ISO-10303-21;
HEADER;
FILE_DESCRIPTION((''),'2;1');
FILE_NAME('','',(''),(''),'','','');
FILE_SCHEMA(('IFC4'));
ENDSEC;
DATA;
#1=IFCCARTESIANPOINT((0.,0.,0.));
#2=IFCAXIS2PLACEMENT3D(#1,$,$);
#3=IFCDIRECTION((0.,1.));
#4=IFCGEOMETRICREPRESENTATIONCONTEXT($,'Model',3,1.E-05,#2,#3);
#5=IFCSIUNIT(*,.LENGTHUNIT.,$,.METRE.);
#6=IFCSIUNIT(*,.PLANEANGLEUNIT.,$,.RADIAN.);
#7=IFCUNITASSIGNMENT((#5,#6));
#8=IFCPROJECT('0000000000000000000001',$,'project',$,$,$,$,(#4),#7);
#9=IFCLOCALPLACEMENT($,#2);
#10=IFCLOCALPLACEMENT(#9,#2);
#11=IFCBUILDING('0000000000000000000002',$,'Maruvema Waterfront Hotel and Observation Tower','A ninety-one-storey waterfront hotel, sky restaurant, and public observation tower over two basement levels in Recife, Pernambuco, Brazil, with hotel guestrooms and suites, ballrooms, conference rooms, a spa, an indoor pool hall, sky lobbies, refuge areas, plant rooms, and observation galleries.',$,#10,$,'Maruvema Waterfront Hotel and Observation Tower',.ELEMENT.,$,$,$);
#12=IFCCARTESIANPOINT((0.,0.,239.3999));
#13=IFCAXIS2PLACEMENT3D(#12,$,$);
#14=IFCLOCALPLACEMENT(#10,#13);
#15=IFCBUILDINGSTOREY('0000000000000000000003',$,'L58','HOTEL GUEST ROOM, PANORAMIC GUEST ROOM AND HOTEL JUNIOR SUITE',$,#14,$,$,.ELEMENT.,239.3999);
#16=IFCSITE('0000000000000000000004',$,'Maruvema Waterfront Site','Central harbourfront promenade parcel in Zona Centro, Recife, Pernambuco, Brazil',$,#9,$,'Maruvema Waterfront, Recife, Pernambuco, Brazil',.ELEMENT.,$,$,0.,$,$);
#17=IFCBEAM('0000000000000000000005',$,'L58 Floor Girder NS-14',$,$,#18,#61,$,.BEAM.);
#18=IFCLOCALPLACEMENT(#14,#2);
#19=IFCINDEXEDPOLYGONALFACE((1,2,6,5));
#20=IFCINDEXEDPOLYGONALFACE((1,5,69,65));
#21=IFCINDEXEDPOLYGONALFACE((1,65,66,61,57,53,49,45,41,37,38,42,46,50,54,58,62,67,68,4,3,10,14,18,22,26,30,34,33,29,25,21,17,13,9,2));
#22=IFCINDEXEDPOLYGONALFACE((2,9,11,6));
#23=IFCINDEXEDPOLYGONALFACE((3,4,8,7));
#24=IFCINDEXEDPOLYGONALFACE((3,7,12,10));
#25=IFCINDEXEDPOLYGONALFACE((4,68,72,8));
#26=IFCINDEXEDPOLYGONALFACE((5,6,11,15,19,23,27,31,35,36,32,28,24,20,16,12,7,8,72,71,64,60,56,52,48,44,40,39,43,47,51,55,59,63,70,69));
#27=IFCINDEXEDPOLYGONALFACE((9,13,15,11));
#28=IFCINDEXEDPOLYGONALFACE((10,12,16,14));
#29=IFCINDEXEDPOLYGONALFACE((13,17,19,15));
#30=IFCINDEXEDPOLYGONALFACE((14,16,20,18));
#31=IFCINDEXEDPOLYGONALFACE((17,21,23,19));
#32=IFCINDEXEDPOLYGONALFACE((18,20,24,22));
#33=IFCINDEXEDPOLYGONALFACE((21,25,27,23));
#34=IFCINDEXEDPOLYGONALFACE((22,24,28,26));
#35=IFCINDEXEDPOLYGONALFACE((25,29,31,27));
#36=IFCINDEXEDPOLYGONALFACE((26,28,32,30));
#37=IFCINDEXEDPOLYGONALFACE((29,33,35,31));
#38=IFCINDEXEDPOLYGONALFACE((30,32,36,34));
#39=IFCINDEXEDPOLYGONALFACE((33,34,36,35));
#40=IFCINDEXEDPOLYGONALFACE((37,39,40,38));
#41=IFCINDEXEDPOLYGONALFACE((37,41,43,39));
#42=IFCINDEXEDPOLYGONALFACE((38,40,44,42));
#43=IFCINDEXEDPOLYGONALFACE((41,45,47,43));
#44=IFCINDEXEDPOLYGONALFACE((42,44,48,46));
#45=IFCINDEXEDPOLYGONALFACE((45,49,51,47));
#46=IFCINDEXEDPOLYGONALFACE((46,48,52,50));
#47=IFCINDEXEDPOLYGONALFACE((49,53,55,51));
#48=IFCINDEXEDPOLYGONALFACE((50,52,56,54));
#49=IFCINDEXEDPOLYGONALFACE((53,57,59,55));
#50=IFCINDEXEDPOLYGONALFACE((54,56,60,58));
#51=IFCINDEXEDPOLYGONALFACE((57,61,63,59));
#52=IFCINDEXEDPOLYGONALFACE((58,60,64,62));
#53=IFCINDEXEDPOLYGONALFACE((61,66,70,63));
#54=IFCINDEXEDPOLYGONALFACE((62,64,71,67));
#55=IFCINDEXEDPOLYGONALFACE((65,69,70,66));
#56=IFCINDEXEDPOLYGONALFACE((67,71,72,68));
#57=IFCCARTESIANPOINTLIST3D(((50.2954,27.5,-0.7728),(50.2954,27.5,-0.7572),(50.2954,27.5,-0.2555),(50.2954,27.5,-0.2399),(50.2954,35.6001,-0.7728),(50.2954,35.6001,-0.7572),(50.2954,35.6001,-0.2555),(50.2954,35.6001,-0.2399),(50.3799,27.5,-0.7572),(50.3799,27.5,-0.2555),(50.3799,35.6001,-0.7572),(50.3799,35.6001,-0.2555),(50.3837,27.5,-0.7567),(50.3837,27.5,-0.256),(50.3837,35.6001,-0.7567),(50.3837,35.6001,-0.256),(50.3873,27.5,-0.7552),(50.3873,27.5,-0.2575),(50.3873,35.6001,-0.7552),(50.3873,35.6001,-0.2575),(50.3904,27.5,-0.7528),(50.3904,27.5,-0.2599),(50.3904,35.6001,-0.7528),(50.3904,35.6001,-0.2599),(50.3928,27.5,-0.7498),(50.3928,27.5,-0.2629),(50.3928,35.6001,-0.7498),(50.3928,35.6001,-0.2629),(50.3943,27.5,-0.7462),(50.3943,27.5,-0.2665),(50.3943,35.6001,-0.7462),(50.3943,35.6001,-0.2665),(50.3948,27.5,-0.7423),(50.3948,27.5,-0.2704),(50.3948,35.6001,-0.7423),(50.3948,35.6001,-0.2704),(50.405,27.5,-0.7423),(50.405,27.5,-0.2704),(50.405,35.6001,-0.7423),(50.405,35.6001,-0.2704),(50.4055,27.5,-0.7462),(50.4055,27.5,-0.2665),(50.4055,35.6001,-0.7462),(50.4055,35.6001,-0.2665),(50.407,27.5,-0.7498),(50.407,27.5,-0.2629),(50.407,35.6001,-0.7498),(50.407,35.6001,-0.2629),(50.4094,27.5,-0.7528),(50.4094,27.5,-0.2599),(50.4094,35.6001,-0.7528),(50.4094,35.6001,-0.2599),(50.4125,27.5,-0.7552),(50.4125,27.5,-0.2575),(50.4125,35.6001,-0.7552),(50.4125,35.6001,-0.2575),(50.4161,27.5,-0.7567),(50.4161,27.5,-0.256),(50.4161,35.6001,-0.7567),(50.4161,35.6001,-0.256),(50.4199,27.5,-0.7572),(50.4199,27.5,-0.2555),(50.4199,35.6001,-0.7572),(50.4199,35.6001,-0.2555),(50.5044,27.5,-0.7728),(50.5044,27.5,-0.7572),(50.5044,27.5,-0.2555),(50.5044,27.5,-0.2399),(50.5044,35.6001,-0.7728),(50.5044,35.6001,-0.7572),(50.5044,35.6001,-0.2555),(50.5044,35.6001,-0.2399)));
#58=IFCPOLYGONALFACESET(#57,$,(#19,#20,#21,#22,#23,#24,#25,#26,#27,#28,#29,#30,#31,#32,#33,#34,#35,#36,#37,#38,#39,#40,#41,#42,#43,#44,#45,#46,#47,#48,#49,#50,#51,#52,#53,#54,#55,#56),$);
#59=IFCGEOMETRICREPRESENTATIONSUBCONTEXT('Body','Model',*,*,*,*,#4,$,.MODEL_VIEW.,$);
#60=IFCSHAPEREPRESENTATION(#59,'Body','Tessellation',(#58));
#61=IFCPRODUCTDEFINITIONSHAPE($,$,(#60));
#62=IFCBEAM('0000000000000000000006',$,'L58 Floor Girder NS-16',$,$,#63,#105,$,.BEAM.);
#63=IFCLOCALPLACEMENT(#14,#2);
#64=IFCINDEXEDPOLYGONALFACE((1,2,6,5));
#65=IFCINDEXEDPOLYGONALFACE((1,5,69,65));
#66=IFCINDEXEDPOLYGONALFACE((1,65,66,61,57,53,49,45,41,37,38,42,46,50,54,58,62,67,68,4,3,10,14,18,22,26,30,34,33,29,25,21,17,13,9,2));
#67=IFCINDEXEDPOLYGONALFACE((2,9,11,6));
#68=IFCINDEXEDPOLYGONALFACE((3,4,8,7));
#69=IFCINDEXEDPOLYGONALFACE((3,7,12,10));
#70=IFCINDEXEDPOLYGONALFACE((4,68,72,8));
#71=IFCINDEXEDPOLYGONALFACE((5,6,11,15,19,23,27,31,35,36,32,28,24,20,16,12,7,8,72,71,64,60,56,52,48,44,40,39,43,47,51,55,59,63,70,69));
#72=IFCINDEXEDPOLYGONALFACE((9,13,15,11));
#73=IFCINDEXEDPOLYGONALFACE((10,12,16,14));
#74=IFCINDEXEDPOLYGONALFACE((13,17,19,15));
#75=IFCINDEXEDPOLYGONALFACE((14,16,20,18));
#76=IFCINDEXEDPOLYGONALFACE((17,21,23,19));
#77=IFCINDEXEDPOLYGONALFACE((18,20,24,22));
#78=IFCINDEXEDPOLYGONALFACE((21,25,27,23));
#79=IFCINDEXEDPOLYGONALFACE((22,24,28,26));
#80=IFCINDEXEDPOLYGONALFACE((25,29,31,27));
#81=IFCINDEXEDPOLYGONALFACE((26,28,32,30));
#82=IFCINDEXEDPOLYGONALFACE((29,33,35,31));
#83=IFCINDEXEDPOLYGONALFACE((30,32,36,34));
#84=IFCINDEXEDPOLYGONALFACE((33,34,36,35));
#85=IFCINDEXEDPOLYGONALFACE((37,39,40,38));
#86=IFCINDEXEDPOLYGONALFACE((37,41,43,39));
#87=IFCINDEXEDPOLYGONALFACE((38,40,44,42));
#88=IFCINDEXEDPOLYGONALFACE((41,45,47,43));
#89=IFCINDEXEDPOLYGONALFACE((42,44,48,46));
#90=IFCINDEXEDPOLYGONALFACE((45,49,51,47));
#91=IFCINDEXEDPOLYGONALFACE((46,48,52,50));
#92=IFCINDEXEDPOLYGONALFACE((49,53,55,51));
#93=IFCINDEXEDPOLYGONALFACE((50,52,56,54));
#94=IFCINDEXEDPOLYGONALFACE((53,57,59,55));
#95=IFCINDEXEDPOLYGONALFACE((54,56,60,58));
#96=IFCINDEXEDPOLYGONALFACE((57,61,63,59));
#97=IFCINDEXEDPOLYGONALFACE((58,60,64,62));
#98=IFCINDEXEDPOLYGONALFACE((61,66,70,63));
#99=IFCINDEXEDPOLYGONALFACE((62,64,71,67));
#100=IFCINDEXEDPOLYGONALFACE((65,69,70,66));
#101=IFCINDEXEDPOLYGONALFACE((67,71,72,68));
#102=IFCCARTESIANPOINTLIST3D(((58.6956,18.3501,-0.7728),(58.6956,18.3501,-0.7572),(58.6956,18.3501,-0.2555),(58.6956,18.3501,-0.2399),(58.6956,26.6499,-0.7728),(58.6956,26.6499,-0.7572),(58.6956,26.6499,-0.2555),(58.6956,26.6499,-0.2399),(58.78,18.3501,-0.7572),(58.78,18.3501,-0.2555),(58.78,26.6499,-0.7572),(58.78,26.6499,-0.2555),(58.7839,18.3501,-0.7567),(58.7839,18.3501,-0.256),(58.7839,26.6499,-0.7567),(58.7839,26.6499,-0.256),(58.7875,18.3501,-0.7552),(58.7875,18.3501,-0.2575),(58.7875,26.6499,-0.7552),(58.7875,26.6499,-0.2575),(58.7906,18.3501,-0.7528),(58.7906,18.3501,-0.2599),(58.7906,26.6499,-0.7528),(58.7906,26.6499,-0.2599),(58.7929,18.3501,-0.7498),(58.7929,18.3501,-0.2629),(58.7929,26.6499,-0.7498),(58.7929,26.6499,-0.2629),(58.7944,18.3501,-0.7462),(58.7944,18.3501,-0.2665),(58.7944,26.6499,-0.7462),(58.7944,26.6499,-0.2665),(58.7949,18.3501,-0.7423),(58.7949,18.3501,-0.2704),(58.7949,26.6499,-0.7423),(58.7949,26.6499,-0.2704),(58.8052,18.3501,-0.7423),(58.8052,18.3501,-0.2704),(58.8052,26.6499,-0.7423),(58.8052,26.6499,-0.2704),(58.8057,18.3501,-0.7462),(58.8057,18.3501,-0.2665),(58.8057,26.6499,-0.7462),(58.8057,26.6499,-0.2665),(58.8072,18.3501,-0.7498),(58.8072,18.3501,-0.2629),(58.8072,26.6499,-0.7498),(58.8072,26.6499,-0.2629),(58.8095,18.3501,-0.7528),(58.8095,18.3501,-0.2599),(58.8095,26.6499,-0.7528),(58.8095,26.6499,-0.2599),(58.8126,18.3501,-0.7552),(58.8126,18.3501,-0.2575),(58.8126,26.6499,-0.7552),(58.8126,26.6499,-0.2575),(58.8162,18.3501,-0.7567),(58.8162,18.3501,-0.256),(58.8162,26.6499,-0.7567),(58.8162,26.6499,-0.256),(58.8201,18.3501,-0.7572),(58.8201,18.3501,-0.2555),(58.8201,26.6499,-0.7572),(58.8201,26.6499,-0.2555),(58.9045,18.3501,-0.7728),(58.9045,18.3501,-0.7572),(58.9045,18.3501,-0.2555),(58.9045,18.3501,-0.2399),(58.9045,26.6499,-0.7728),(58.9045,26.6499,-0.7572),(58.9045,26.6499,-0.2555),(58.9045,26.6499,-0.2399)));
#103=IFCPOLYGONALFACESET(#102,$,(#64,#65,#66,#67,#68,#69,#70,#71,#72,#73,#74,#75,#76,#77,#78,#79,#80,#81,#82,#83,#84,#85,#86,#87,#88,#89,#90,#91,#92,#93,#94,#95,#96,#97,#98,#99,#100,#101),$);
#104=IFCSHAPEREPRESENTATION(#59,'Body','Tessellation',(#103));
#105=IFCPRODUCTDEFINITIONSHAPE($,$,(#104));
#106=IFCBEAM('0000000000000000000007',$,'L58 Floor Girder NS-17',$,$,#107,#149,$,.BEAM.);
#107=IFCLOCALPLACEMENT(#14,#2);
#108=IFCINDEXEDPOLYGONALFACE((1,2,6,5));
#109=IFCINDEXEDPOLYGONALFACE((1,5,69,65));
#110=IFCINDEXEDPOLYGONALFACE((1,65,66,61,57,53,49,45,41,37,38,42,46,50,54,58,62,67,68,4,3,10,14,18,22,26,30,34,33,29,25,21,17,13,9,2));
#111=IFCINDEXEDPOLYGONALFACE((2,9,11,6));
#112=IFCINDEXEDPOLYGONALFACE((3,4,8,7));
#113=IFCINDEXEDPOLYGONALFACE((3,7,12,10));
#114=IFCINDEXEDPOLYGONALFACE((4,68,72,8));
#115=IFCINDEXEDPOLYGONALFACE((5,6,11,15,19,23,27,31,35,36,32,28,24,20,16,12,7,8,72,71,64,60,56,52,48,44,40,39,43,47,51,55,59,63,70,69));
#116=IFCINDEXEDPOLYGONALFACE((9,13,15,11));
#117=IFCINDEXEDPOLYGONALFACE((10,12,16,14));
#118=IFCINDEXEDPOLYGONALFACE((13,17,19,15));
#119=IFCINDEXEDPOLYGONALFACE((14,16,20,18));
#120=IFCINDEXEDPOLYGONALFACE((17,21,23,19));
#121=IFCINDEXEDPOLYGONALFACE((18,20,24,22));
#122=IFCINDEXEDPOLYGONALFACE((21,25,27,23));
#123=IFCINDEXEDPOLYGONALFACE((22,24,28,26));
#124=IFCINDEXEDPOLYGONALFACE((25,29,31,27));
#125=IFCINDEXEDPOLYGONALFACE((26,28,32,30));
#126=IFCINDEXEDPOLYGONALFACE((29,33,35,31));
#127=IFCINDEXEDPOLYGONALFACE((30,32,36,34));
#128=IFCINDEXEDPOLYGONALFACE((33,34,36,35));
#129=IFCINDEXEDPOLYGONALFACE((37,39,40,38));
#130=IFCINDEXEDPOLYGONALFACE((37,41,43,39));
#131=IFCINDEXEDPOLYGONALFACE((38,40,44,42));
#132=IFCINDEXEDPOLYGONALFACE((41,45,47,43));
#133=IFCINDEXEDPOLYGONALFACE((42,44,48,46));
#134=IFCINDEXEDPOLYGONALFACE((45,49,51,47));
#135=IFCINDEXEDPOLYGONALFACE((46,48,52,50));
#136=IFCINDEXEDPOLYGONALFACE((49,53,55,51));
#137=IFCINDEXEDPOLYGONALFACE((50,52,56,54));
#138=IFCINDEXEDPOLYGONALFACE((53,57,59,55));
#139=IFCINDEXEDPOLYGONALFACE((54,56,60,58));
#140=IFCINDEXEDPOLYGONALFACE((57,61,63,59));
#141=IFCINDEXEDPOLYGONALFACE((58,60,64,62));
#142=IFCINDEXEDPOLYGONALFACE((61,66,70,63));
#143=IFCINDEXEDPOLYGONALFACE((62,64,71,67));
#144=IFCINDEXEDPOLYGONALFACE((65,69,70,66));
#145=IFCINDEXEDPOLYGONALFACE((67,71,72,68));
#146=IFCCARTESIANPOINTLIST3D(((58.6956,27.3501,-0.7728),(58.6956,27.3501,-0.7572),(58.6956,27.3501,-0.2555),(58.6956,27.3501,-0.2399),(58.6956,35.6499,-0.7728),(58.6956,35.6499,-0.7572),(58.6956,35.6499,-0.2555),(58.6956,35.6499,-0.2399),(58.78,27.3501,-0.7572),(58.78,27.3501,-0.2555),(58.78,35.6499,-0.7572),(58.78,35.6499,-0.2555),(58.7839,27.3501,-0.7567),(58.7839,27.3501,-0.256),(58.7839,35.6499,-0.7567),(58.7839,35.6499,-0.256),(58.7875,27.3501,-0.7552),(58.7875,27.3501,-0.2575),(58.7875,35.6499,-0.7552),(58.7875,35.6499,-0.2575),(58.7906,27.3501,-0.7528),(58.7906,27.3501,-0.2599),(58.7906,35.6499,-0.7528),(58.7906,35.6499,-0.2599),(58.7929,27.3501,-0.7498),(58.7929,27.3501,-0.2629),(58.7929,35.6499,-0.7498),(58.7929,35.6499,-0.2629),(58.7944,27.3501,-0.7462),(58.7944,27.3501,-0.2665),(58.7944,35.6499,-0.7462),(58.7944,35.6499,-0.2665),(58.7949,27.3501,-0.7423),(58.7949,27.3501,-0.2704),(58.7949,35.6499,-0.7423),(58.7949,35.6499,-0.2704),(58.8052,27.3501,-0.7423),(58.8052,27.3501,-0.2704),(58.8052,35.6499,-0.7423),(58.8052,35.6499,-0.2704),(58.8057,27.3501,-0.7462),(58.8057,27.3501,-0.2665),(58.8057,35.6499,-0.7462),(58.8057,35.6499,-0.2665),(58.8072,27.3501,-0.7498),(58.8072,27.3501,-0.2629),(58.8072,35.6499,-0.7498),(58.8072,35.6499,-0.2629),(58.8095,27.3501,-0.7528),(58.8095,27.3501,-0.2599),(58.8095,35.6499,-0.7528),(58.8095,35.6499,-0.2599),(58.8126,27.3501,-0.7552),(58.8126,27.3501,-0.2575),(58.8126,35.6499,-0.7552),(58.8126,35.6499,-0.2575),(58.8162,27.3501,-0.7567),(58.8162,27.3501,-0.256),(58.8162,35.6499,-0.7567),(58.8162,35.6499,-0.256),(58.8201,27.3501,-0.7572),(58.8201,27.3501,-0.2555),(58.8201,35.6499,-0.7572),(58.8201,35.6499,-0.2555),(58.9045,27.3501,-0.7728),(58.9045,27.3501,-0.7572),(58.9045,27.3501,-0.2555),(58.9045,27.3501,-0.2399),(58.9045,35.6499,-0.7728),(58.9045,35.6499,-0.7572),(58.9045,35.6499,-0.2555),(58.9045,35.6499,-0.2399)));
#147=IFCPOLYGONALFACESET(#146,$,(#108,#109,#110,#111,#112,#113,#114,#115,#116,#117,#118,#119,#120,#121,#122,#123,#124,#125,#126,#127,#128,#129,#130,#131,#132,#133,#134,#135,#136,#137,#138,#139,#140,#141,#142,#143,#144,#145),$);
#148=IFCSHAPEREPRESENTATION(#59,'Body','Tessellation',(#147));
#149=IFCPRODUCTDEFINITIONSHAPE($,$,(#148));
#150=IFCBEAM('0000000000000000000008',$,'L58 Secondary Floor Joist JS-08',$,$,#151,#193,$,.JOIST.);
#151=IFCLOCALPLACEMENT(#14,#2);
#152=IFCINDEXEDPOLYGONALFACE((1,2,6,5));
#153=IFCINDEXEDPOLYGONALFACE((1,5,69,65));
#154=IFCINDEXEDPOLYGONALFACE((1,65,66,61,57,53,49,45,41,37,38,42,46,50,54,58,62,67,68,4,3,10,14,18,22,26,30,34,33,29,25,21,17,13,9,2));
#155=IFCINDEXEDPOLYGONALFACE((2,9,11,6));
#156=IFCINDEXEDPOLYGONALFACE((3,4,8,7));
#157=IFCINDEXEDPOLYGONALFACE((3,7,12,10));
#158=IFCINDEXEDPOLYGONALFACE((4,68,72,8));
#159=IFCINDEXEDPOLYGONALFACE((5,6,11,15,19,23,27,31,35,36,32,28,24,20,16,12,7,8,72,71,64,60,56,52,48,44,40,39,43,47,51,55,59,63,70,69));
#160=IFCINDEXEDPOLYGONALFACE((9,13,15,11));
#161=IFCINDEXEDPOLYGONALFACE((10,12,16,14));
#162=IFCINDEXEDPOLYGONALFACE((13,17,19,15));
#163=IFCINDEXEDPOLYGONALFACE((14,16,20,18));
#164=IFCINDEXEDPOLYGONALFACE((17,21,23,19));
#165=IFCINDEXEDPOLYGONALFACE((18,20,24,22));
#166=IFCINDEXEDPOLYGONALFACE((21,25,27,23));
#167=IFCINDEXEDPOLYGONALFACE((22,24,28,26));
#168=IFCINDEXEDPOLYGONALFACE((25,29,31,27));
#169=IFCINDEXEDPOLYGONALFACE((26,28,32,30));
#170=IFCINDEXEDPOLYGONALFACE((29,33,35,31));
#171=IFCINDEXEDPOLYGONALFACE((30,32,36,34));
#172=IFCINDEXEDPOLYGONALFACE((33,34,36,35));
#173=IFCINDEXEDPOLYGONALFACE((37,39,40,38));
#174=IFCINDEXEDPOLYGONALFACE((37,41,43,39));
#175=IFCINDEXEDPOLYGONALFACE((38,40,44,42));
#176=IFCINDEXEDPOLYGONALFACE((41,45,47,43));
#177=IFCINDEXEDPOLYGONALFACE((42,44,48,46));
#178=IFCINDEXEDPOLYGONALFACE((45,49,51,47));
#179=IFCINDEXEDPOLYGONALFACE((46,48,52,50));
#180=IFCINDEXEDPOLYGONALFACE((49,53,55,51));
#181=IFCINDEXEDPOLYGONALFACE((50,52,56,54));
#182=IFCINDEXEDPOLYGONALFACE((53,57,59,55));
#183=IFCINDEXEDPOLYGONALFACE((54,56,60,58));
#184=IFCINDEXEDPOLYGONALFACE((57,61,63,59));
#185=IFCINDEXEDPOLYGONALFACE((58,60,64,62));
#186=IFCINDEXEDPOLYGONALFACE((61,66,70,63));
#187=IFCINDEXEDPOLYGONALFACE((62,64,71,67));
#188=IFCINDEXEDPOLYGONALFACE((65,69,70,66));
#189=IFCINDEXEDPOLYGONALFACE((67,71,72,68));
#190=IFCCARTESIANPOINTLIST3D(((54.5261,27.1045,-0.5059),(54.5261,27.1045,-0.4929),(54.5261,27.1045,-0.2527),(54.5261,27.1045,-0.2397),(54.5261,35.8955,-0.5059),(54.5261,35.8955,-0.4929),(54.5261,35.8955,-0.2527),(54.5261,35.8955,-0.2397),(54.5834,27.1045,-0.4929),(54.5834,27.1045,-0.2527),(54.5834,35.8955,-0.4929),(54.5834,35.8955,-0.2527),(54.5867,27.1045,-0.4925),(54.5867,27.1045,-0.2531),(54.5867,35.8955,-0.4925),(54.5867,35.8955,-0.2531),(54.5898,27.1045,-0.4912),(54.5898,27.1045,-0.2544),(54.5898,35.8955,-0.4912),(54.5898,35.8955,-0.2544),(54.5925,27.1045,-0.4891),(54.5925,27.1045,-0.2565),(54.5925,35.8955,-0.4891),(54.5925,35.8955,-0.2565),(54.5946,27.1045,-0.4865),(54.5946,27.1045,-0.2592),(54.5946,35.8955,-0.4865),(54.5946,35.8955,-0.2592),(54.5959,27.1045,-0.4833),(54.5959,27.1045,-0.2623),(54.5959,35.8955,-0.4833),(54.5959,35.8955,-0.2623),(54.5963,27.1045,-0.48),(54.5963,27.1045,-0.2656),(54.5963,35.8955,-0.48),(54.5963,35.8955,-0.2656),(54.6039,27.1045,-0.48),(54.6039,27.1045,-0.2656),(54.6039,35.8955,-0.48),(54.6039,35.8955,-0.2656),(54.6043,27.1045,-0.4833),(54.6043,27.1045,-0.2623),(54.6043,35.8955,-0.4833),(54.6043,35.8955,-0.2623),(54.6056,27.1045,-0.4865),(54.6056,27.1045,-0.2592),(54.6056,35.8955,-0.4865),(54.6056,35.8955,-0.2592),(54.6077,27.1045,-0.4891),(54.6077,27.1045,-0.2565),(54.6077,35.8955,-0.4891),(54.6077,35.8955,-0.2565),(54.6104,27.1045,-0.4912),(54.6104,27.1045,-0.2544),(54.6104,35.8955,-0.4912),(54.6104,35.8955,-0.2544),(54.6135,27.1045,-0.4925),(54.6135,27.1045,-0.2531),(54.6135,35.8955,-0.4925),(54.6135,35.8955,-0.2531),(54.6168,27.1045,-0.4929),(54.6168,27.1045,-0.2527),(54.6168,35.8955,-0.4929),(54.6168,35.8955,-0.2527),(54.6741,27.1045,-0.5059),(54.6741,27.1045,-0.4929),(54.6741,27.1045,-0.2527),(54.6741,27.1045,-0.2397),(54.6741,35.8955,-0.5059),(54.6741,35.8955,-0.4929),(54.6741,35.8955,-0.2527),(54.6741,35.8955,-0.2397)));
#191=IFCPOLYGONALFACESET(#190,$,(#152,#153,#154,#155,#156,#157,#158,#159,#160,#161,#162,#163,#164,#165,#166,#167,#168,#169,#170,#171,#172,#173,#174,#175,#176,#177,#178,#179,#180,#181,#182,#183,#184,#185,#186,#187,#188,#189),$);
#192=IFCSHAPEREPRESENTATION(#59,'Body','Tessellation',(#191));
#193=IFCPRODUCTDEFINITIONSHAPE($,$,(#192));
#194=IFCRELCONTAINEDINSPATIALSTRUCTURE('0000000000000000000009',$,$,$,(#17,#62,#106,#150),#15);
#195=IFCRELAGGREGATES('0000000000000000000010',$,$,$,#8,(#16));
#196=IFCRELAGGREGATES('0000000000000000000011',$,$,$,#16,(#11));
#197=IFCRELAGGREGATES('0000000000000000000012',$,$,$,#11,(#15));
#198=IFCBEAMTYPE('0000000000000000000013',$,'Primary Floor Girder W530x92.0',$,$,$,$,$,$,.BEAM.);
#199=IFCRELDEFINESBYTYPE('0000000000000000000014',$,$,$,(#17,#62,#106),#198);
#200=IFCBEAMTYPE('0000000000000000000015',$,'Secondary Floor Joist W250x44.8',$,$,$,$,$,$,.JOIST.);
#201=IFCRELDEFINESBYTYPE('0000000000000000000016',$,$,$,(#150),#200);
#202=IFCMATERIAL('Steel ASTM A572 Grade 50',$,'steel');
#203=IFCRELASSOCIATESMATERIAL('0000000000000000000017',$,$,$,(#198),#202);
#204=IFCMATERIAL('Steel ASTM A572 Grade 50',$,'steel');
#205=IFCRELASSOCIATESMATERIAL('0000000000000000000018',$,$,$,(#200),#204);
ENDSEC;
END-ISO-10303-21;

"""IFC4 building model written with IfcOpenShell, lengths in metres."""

from ifc_helpers import new_model, si_unit, direction, frame, origin, origin_2d, place, context, subcontext, project, spatial, i_section, extrude, material, material_profile, profile_set, type_object, element, save


model = new_model("IFC4")

# Units and contexts
model_context = context("Model", 3, precision=1e-05, world=origin(), true_north=direction((0.0, 1.0)))
body_context = subcontext(model_context, "Body", "Model", "MODEL_VIEW")
ifc_project = project(units=[si_unit("LENGTHUNIT", "METRE"), si_unit("PLANEANGLEUNIT", "RADIAN")], contexts=[model_context])

# Site, building, storey
site_placement = place(None, origin())
site = spatial("IfcSite", under=ifc_project, at=site_placement, Name="Maruvema Waterfront Site", Description="Central harbourfront promenade parcel in Zona Centro, Recife, Pernambuco, Brazil", LongName="Maruvema Waterfront, Recife, Pernambuco, Brazil", CompositionType="ELEMENT", RefElevation=0.0)
building_placement = place(site_placement, origin())
building = spatial("IfcBuilding", under=site, at=building_placement, Name="Maruvema Waterfront Hotel and Observation Tower", Description="A ninety-one-storey waterfront hotel, sky restaurant, and public observation tower over two basement levels in Recife, Pernambuco, Brazil, with hotel guestrooms and suites, ballrooms, conference rooms, a spa, an indoor pool hall, sky lobbies, refuge areas, plant rooms, and observation galleries.", LongName="Maruvema Waterfront Hotel and Observation Tower", CompositionType="ELEMENT")
storey_placement = place(building_placement, frame((0.0, 0.0, 239.3999)))
storey = spatial("IfcBuildingStorey", under=building, at=storey_placement, Name="L58", Description="HOTEL GUEST ROOM, PANORAMIC GUEST ROOM AND HOTEL JUNIOR SUITE", CompositionType="ELEMENT", Elevation=239.3999)

# Beams
ifc_material_1 = material(Name="Steel ASTM A572 Grade 50", Category="steel")
ifc_material_profile_1 = material_profile(ifc_material_1, i_section(OverallWidth=0.209, OverallDepth=0.533, WebThickness=0.0103, FlangeThickness=0.0156, FilletRadius=0.0149, at=origin_2d()), Name="W530x92.0")
ifc_profile_set_1 = profile_set([ifc_material_profile_1], Name="Steel ASTM A572 Grade 50")
beam_type_1 = type_object("IfcBeamType", Name="Primary Floor Girder W530x92.0", PredefinedType="BEAM", material=ifc_profile_set_1)
beam_1_placement = place(storey_placement, frame((50.3999, 27.5, -0.5063), z_axis=(0.0, 1.0, 0.0), x_axis=(-1.0, 0.0, 0.0)))
element("IfcBeam", 1, at=beam_1_placement, inside=storey, type_object=beam_type_1, Name="L58 Floor Girder NS-14", PredefinedType="BEAM", context=body_context, shape_type="SweptSolid", body=[
    extrude(i_section(OverallWidth=0.209, OverallDepth=0.533, WebThickness=0.0103, FlangeThickness=0.0156, FilletRadius=0.0149, at=origin_2d()), origin(), (0.0, 0.0, 1.0), 8.1001),
])
for number, where, z_axis, x_axis, name in (
    (2, (58.8, 18.3501, -0.5063), (0.0, 1.0, 0.0), (-1.0, 0.0, 0.0), "L58 Floor Girder NS-16"),
    (3, (58.8, 27.3501, -0.5063), (0.0, 1.0, 0.0), (-1.0, 0.0, 0.0), "L58 Floor Girder NS-17"),
):
    element("IfcBeam", number, at=place(storey_placement, frame(where, z_axis=z_axis, x_axis=x_axis)), inside=storey, type_object=beam_type_1, Name=name, PredefinedType="BEAM", context=body_context, shape_type="SweptSolid", body=[
        extrude(i_section(OverallWidth=0.209, OverallDepth=0.533, WebThickness=0.0103, FlangeThickness=0.0156, FilletRadius=0.0149, at=origin_2d()), origin(), (0.0, 0.0, 1.0), 8.2998),
    ])
ifc_material_2 = material(Name="Steel ASTM A572 Grade 50", Category="steel")
ifc_material_profile_2 = material_profile(ifc_material_2, i_section(OverallWidth=0.1479, OverallDepth=0.2661, WebThickness=0.0076, FlangeThickness=0.0129, FilletRadius=0.0129, at=origin_2d()), Name="W250x44.8")
ifc_profile_set_2 = profile_set([ifc_material_profile_2], Name="Steel ASTM A572 Grade 50")
beam_type_2 = type_object("IfcBeamType", Name="Secondary Floor Joist W250x44.8", PredefinedType="JOIST", material=ifc_profile_set_2)
beam_2_placement = place(storey_placement, frame((54.6001, 27.1045, -0.3728), z_axis=(0.0, 1.0, 0.0), x_axis=(-1.0, 0.0, 0.0)))
element("IfcBeam", 4, at=beam_2_placement, inside=storey, type_object=beam_type_2, Name="L58 Secondary Floor Joist JS-08", PredefinedType="JOIST", context=body_context, shape_type="SweptSolid", body=[
    extrude(i_section(OverallWidth=0.1479, OverallDepth=0.2661, WebThickness=0.0076, FlangeThickness=0.0129, FilletRadius=0.0129, at=origin_2d()), origin(), (0.0, 0.0, 1.0), 8.791),
])

save(model, "model.ifc")
